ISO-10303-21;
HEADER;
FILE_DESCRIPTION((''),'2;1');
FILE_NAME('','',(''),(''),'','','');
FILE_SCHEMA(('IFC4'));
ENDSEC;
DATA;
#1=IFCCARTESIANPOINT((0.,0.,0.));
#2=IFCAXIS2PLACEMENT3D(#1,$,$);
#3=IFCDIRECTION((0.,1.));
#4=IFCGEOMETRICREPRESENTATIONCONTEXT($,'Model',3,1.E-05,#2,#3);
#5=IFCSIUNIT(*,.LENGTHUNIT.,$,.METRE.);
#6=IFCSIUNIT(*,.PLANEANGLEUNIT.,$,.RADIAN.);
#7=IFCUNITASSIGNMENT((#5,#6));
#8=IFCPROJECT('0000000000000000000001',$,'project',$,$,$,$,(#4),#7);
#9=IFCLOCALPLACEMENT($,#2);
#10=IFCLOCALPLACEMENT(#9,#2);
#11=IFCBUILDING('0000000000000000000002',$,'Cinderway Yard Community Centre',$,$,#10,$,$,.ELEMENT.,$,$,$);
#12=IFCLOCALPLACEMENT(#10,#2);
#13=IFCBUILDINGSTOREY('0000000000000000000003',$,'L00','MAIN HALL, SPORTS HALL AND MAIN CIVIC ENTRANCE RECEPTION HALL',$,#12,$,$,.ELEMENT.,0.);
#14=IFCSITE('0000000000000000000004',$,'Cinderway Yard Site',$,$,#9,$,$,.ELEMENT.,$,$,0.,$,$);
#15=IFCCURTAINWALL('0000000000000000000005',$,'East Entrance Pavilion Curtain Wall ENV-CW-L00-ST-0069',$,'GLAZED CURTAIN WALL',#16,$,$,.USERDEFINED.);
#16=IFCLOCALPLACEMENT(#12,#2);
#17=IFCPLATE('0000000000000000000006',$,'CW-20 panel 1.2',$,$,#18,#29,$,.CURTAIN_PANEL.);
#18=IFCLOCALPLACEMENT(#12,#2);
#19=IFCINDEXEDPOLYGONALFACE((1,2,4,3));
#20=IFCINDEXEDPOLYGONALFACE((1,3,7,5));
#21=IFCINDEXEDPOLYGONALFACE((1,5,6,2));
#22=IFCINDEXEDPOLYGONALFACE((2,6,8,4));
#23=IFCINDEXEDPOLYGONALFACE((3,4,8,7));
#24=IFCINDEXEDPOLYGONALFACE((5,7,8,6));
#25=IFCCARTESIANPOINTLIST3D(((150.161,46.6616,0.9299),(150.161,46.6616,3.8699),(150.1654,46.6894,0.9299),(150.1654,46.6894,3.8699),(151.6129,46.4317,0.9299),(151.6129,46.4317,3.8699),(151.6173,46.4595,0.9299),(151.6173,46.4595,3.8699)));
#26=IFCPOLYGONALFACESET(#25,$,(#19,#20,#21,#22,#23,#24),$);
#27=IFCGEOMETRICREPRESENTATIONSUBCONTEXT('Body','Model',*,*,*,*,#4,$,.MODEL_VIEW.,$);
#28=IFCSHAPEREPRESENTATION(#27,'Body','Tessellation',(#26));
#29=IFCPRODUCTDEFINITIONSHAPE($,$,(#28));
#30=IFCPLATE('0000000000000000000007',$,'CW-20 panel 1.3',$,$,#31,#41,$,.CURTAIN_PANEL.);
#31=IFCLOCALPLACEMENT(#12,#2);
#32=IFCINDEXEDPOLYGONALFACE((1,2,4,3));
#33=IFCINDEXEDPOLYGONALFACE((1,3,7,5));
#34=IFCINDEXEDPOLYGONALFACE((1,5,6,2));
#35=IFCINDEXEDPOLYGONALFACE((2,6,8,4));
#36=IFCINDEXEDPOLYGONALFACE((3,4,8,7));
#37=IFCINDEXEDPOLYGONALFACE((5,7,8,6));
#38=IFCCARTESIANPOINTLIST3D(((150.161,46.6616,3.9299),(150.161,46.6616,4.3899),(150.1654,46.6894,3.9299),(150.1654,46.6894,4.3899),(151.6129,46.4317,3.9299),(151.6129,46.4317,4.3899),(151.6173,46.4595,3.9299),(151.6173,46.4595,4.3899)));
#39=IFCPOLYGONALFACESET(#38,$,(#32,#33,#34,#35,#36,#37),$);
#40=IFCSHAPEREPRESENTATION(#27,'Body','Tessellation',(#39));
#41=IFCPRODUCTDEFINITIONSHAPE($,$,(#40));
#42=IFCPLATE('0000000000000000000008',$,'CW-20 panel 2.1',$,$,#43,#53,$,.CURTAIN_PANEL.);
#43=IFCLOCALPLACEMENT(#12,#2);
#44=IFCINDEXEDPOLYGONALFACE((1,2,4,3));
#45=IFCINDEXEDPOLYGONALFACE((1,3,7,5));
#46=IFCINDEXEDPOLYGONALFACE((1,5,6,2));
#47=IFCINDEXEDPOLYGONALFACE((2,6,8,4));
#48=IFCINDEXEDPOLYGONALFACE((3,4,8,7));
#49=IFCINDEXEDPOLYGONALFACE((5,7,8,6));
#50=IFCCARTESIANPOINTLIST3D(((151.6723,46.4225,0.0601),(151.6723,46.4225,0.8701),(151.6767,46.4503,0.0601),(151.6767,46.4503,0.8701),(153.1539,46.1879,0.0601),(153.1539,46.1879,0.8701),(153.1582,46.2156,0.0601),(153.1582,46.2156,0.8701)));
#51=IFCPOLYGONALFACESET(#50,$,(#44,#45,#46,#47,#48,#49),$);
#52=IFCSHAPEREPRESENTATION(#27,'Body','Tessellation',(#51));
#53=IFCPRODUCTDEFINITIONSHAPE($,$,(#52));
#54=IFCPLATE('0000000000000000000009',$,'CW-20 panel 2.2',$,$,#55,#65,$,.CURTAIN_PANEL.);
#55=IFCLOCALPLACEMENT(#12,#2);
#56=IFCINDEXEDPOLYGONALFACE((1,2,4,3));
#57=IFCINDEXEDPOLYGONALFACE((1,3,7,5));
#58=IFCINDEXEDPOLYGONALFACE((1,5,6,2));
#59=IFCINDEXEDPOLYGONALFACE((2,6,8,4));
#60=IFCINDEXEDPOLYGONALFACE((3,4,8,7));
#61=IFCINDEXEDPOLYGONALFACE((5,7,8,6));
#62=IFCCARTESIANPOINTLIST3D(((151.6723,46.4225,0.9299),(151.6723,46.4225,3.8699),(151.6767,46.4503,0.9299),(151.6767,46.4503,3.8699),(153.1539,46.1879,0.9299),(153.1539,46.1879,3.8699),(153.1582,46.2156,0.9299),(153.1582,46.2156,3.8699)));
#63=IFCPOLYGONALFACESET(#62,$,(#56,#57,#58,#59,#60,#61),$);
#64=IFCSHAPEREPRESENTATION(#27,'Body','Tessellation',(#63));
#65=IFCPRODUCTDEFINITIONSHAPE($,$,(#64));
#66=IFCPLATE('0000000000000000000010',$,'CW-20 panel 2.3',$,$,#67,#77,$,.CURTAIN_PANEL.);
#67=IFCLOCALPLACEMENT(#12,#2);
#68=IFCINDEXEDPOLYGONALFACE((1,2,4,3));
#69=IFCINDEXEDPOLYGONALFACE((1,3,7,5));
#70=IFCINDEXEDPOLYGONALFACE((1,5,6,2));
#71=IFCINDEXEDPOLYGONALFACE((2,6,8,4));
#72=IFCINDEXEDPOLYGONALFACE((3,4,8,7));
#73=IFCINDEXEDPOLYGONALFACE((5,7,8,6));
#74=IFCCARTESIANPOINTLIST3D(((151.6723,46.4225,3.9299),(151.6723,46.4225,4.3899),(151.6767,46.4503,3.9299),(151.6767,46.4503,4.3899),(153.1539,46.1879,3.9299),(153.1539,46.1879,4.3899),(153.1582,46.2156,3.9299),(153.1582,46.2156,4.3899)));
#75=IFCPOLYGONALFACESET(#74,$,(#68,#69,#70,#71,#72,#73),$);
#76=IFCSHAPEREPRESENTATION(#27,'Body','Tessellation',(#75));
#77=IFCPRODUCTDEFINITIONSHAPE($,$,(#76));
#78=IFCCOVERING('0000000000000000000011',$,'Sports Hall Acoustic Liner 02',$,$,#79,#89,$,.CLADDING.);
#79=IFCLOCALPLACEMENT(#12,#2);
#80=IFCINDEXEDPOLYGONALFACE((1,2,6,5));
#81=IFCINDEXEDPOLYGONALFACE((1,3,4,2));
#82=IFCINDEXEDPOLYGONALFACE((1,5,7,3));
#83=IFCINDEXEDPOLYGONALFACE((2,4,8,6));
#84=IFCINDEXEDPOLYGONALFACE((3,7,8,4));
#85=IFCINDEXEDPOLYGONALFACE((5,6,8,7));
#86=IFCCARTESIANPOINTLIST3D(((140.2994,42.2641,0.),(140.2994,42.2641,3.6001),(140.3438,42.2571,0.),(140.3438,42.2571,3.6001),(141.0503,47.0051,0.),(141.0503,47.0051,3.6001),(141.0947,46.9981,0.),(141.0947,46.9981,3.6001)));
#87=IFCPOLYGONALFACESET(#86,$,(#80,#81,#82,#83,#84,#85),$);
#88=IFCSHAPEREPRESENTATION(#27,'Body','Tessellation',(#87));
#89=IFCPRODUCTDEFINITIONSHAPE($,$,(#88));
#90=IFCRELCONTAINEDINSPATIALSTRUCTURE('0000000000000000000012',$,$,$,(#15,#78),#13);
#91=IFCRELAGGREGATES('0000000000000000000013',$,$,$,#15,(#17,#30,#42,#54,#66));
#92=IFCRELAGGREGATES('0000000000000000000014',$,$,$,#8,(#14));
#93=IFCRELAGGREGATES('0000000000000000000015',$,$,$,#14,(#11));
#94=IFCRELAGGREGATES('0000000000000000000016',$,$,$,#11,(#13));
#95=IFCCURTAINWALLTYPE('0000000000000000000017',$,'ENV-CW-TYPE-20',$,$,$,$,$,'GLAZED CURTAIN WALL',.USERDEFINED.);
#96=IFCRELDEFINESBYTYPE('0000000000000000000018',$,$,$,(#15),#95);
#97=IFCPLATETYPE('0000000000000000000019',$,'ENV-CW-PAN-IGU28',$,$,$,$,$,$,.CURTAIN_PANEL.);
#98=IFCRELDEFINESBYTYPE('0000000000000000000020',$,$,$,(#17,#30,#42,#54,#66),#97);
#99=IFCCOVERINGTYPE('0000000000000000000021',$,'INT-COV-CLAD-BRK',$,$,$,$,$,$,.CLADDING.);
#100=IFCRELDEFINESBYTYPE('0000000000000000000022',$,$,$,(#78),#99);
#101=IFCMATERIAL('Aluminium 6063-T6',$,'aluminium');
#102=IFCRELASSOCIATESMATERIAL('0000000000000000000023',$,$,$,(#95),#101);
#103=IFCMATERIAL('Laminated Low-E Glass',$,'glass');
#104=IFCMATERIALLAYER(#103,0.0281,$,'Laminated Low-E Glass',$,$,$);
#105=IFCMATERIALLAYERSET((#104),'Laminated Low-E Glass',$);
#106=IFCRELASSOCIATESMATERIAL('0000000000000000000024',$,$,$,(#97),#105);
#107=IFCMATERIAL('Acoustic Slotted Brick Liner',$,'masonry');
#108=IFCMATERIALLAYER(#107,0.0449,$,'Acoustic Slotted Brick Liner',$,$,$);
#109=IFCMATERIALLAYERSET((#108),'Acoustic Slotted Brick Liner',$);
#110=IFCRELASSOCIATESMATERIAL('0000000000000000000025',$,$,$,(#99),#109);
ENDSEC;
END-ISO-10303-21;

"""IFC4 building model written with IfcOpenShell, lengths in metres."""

from ifc_helpers import new_model, si_unit, direction, frame, origin, origin_2d, place, context, subcontext, project, spatial, rectangle, extrude, material, layer, layer_set, type_object, element, aggregate, save


model = new_model("IFC4")

# Units and contexts
model_context = context("Model", 3, precision=1e-05, world=origin(), true_north=direction((0.0, 1.0)))
body_context = subcontext(model_context, "Body", "Model", "MODEL_VIEW")
ifc_project = project(units=[si_unit("LENGTHUNIT", "METRE"), si_unit("PLANEANGLEUNIT", "RADIAN")], contexts=[model_context])

# Site, building, storey
site_placement = place(None, origin())
site = spatial("IfcSite", under=ifc_project, at=site_placement, Name="Cinderway Yard Site", CompositionType="ELEMENT", RefElevation=0.0)
building_placement = place(site_placement, origin())
building = spatial("IfcBuilding", under=site, at=building_placement, Name="Cinderway Yard Community Centre", CompositionType="ELEMENT")
storey_placement = place(building_placement, origin())
storey = spatial("IfcBuildingStorey", under=building, at=storey_placement, Name="L00", Description="MAIN HALL, SPORTS HALL AND MAIN CIVIC ENTRANCE RECEPTION HALL", CompositionType="ELEMENT", Elevation=0.0)

# Curtain wall, plates
ifc_material_1 = material(Name="Aluminium 6063-T6", Category="aluminium")
curtain_wall_type = type_object("IfcCurtainWallType", Name="ENV-CW-TYPE-20", ElementType="GLAZED CURTAIN WALL", PredefinedType="USERDEFINED", material=ifc_material_1)
curtain_wall_placement = place(storey_placement, origin())
curtain_wall = element("IfcCurtainWall", 1, at=curtain_wall_placement, inside=storey, type_object=curtain_wall_type, Name="East Entrance Pavilion Curtain Wall ENV-CW-L00-ST-0069", ObjectType="GLAZED CURTAIN WALL", PredefinedType="USERDEFINED")
ifc_material_2 = material(Name="Laminated Low-E Glass", Category="glass")
ifc_layer_1 = layer(ifc_material_2, 0.0281, Name="Laminated Low-E Glass")
ifc_layer_set_1 = layer_set([ifc_layer_1], Name="Laminated Low-E Glass")
plate_type = type_object("IfcPlateType", Name="ENV-CW-PAN-IGU28", PredefinedType="CURTAIN_PANEL", material=ifc_layer_set_1)
plate_1_placement = place(storey_placement, frame((150.8892, 46.5605, 0.9299), z_axis=(0.0, 0.0, 1.0), x_axis=(0.987692, -0.15641, 0.0)))
plate_1 = element("IfcPlate", 2, at=plate_1_placement, type_object=plate_type, Name="CW-20 panel 1.2", PredefinedType="CURTAIN_PANEL", context=body_context, shape_type="SweptSolid", body=[
    extrude(rectangle(XDim=1.47, YDim=0.0281, at=origin_2d()), origin(), (0.0, 0.0, 1.0), 2.9399),
])
plate_2_placement = place(storey_placement, frame((150.8892, 46.5605, 3.9299), z_axis=(0.0, 0.0, 1.0), x_axis=(0.987692, -0.15641, 0.0)))
plate_2 = element("IfcPlate", 3, at=plate_2_placement, type_object=plate_type, Name="CW-20 panel 1.3", PredefinedType="CURTAIN_PANEL", context=body_context, shape_type="SweptSolid", body=[
    extrude(rectangle(XDim=1.47, YDim=0.0281, at=origin_2d()), origin(), (0.0, 0.0, 1.0), 0.46),
])
plate_3_placement = place(storey_placement, frame((152.4153, 46.3191, 0.0601), z_axis=(0.0, 0.0, 1.0), x_axis=(0.987692, -0.15641, 0.0)))
plate_3 = element("IfcPlate", 4, at=plate_3_placement, type_object=plate_type, Name="CW-20 panel 2.1", PredefinedType="CURTAIN_PANEL", context=body_context, shape_type="SweptSolid", body=[
    extrude(rectangle(XDim=1.5, YDim=0.0281, at=origin_2d()), origin(), (0.0, 0.0, 1.0), 0.8101),
])
plate_4_placement = place(storey_placement, frame((152.4153, 46.3191, 0.9299), z_axis=(0.0, 0.0, 1.0), x_axis=(0.987692, -0.15641, 0.0)))
plate_4 = element("IfcPlate", 5, at=plate_4_placement, type_object=plate_type, Name="CW-20 panel 2.2", PredefinedType="CURTAIN_PANEL", context=body_context, shape_type="SweptSolid", body=[
    extrude(rectangle(XDim=1.5, YDim=0.0281, at=origin_2d()), origin(), (0.0, 0.0, 1.0), 2.9399),
])
plate_5_placement = place(storey_placement, frame((152.4153, 46.3191, 3.9299), z_axis=(0.0, 0.0, 1.0), x_axis=(0.987692, -0.15641, 0.0)))
plate_5 = element("IfcPlate", 6, at=plate_5_placement, type_object=plate_type, Name="CW-20 panel 2.3", PredefinedType="CURTAIN_PANEL", context=body_context, shape_type="SweptSolid", body=[
    extrude(rectangle(XDim=1.5, YDim=0.0281, at=origin_2d()), origin(), (0.0, 0.0, 1.0), 0.46),
])
aggregate(curtain_wall, [plate_1, plate_2, plate_3, plate_4, plate_5])

# Covering
ifc_material_3 = material(Name="Acoustic Slotted Brick Liner", Category="masonry")
ifc_layer_2 = layer(ifc_material_3, 0.0449, Name="Acoustic Slotted Brick Liner")
ifc_layer_set_2 = layer_set([ifc_layer_2], Name="Acoustic Slotted Brick Liner")
covering_type = type_object("IfcCoveringType", Name="INT-COV-CLAD-BRK", PredefinedType="CLADDING", material=ifc_layer_set_2)
covering_placement = place(storey_placement, frame((140.697, 44.6311, 0.0), z_axis=(0.0, 0.0, 1.0), x_axis=(0.987688, -0.156434, 0.0)))
element("IfcCovering", 7, at=covering_placement, inside=storey, type_object=covering_type, Name="Sports Hall Acoustic Liner 02", PredefinedType="CLADDING", context=body_context, shape_type="SweptSolid", body=[
    extrude(rectangle(XDim=0.0449, YDim=4.8, at=origin_2d()), origin(), (0.0, 0.0, 1.0), 3.6001),
])

save(model, "model.ifc")
